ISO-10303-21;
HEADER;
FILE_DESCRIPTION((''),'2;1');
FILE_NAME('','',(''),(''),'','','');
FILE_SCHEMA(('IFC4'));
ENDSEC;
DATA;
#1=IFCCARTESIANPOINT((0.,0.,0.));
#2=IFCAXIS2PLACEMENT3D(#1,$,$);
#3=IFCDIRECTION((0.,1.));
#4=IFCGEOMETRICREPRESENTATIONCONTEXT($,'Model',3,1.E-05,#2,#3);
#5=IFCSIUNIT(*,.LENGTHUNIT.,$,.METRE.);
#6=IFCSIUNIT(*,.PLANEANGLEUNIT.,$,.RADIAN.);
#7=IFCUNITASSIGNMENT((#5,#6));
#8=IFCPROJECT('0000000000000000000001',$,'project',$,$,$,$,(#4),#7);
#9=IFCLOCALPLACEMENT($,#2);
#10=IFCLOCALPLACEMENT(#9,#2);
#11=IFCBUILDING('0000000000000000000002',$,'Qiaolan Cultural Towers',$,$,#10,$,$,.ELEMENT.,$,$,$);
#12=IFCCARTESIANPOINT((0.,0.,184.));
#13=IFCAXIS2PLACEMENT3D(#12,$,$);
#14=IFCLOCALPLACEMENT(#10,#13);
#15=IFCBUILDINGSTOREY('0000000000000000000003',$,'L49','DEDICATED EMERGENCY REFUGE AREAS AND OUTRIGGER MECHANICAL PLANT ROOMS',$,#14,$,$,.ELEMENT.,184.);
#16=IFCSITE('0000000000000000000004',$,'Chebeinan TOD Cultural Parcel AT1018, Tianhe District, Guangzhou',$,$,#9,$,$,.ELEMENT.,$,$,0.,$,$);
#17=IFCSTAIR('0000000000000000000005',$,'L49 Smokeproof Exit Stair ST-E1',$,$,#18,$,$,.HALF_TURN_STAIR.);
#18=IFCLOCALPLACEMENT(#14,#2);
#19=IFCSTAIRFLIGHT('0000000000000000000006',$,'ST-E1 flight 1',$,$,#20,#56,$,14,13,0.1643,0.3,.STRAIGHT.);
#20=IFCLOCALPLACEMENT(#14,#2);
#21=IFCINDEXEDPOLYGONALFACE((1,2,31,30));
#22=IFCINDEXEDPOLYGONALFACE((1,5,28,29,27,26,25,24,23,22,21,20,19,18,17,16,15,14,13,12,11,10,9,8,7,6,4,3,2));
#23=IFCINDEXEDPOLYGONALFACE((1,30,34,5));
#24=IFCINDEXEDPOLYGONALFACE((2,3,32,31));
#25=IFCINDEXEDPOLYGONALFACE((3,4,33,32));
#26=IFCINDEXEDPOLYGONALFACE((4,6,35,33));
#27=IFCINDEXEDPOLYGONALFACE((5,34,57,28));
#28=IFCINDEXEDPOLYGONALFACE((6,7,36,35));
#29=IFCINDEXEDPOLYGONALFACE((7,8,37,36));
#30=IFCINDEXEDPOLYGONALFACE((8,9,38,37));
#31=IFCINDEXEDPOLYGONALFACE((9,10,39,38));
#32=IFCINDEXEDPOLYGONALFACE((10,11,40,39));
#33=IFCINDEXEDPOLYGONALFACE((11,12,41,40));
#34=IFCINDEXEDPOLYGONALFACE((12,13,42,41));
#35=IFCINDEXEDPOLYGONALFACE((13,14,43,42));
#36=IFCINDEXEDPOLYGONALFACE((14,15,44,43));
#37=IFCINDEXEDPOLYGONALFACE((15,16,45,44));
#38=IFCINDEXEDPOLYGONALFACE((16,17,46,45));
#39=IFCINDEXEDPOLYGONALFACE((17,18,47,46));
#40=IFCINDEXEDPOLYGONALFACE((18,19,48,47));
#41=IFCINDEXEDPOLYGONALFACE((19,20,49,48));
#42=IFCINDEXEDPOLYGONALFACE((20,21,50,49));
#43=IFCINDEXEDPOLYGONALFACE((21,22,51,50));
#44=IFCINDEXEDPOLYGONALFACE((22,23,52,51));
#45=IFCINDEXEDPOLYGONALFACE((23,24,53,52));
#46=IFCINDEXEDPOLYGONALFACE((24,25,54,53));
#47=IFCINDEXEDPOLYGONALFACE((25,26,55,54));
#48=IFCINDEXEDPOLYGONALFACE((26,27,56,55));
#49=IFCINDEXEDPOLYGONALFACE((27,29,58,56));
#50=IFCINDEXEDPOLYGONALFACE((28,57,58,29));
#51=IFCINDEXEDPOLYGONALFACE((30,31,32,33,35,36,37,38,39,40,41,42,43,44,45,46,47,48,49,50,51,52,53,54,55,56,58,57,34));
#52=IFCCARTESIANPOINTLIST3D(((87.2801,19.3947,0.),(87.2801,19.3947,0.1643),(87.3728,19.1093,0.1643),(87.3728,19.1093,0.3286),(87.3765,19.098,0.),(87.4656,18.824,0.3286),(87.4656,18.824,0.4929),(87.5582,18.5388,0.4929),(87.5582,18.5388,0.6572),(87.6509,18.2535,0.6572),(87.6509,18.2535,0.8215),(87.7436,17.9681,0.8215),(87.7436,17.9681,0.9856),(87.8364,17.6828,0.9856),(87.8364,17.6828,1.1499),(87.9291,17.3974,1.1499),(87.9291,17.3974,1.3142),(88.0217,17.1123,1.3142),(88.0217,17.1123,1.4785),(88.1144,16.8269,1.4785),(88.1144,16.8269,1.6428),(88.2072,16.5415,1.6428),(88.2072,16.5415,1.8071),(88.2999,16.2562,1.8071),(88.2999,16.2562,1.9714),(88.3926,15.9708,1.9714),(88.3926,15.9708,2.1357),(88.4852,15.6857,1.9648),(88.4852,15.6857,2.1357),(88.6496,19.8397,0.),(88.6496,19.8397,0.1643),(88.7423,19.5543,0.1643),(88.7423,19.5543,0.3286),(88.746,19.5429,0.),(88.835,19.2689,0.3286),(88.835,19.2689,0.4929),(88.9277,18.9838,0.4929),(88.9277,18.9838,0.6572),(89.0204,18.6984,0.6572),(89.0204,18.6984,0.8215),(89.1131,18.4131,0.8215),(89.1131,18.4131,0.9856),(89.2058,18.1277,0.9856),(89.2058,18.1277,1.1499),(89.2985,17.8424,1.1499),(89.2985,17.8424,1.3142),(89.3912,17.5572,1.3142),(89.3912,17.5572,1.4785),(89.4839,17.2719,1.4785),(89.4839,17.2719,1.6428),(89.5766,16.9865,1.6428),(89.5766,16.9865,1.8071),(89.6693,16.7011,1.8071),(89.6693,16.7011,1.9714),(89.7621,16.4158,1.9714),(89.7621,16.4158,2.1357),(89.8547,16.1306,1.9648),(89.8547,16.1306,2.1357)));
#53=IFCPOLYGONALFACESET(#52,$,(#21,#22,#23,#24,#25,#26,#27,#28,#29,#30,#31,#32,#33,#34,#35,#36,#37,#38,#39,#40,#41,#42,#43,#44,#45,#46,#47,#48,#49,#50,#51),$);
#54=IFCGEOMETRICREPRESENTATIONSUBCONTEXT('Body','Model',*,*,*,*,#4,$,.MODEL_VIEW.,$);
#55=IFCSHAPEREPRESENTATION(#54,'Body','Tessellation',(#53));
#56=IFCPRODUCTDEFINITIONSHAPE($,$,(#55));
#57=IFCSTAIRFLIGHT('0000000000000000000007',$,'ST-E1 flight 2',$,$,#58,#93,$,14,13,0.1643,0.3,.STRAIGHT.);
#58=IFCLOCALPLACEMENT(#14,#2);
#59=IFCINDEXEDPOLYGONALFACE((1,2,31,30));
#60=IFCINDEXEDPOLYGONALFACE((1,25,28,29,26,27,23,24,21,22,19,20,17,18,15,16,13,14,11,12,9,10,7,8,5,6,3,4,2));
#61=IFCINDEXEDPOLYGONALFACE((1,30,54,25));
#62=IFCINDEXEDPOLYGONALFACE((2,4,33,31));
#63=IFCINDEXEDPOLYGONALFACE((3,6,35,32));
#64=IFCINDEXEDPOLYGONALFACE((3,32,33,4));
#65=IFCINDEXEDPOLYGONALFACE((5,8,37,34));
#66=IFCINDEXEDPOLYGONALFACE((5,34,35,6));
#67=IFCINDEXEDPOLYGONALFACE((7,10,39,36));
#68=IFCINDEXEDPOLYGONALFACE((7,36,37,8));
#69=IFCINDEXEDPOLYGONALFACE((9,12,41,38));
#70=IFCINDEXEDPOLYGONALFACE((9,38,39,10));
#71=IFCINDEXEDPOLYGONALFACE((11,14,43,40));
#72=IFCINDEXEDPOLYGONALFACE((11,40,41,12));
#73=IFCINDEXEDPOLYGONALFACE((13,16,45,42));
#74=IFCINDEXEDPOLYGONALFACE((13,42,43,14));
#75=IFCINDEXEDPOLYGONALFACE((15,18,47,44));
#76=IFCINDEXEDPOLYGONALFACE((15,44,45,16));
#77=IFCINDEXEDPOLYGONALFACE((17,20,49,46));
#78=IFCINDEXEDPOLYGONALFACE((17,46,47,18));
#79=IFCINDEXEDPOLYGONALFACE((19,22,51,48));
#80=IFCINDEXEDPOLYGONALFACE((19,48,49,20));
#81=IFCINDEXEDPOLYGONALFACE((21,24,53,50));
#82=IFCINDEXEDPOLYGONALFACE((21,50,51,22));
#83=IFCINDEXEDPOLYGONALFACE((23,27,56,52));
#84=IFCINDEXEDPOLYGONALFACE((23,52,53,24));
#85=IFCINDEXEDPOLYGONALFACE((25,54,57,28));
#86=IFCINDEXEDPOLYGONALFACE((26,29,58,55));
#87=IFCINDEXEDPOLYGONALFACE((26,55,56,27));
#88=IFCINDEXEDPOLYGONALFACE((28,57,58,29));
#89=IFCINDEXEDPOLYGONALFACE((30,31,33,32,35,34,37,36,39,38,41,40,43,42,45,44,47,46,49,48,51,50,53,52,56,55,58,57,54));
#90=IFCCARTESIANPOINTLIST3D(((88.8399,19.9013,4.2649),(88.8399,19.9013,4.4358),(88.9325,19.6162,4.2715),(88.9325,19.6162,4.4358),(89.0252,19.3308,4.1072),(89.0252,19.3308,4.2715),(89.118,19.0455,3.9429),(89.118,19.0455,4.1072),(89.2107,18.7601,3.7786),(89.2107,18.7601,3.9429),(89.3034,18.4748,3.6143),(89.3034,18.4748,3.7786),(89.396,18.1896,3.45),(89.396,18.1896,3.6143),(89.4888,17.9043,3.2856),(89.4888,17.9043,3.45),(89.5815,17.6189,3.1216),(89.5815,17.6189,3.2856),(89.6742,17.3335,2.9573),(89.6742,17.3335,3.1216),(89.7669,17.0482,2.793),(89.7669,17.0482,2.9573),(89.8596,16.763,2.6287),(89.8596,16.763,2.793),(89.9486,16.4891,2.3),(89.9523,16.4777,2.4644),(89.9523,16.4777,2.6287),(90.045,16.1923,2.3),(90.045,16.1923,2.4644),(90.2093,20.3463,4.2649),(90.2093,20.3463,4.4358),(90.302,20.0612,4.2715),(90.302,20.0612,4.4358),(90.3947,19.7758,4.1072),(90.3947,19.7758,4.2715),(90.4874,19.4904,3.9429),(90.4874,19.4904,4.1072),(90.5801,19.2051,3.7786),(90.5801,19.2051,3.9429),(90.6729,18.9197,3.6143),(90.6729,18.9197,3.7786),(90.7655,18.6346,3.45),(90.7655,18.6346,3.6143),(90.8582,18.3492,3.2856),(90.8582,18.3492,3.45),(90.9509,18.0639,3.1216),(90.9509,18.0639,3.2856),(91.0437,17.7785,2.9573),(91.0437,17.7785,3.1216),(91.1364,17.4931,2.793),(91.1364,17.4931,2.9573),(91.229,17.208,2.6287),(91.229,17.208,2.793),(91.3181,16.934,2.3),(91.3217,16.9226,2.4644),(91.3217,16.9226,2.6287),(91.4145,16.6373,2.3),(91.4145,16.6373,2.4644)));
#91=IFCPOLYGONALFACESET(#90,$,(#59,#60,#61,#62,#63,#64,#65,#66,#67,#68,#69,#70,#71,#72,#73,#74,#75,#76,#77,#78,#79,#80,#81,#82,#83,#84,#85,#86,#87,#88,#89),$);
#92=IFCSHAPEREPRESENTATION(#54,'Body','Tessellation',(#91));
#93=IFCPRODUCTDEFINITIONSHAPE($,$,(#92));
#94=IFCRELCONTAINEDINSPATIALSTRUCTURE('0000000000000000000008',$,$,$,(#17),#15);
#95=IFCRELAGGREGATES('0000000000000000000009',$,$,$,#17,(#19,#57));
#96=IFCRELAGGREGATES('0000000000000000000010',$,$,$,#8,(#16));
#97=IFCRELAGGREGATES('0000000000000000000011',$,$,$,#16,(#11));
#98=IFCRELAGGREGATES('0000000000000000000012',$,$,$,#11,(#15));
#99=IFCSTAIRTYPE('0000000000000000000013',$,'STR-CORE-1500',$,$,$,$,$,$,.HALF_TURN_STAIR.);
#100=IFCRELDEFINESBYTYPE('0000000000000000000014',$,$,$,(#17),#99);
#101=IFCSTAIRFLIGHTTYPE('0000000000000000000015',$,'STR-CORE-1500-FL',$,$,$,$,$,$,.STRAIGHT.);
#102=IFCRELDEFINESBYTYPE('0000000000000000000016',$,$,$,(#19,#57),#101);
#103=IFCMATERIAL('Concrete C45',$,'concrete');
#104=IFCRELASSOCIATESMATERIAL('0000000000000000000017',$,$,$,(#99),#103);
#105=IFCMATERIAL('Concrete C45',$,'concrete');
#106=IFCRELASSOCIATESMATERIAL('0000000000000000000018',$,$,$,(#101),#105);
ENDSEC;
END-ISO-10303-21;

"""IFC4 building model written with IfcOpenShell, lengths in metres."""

from ifc_helpers import new_model, si_unit, direction, frame, origin, place, context, subcontext, project, spatial, polyline, outline, extrude, material, type_object, element, aggregate, save


model = new_model("IFC4")

# Units and contexts
model_context = context("Model", 3, precision=1e-05, world=origin(), true_north=direction((0.0, 1.0)))
body_context = subcontext(model_context, "Body", "Model", "MODEL_VIEW")
ifc_project = project(units=[si_unit("LENGTHUNIT", "METRE"), si_unit("PLANEANGLEUNIT", "RADIAN")], contexts=[model_context])

# Site, building, storey
site_placement = place(None, origin())
site = spatial("IfcSite", under=ifc_project, at=site_placement, Name="Chebeinan TOD Cultural Parcel AT1018, Tianhe District, Guangzhou", CompositionType="ELEMENT", RefElevation=0.0)
building_placement = place(site_placement, origin())
building = spatial("IfcBuilding", under=site, at=building_placement, Name="Qiaolan Cultural Towers", CompositionType="ELEMENT")
storey_placement = place(building_placement, frame((0.0, 0.0, 184.0)))
storey = spatial("IfcBuildingStorey", under=building, at=storey_placement, Name="L49", Description="DEDICATED EMERGENCY REFUGE AREAS AND OUTRIGGER MECHANICAL PLANT ROOMS", CompositionType="ELEMENT", Elevation=184.0)

# Stair, stair flights
ifc_material_1 = material(Name="Concrete C45", Category="concrete")
stair_type = type_object("IfcStairType", Name="STR-CORE-1500", PredefinedType="HALF_TURN_STAIR", material=ifc_material_1)
stair_placement = place(storey_placement, origin())
stair = element("IfcStair", 1, at=stair_placement, inside=storey, type_object=stair_type, Name="L49 Smokeproof Exit Stair ST-E1", PredefinedType="HALF_TURN_STAIR")
ifc_material_2 = material(Name="Concrete C45", Category="concrete")
stair_flight_type = type_object("IfcStairFlightType", Name="STR-CORE-1500-FL", PredefinedType="STRAIGHT", material=ifc_material_2)
stair_flight_1_placement = place(storey_placement, frame((87.9648, 19.6172, 0.0), z_axis=(0.0, 0.0, 1.0), x_axis=(0.309017, -0.951057, 0.0)))
stair_flight_1 = element("IfcStairFlight", 2, at=stair_flight_1_placement, type_object=stair_flight_type, Name="ST-E1 flight 1", NumberOfRisers=14, NumberOfTreads=13, PredefinedType="STRAIGHT", RiserHeight=0.1643, TreadLength=0.3, context=body_context, shape_type="SweptSolid", body=[
    extrude(outline(polyline([(0.0, 0.0), (0.0, 0.1643), (0.3, 0.1643), (0.3, 0.3286), (0.6001, 0.3286), (0.6001, 0.4929), (0.8999, 0.4929), (0.8999, 0.6572), (1.2, 0.6572), (1.2, 0.8215), (1.5, 0.8215), (1.5, 0.9856), (1.8, 0.9856), (1.8, 1.1499), (2.1001, 1.1499), (2.1001, 1.3142), (2.3999, 1.3142), (2.3999, 1.4785), (2.7, 1.4785), (2.7, 1.6428), (3.0, 1.6428), (3.0, 1.8071), (3.3, 1.8071), (3.3, 1.9714), (3.6001, 1.9714), (3.6001, 2.1357), (3.8999, 2.1357), (3.8999, 2.3), (3.8999, 1.9648), (0.312, 0.0), (0.0, 0.0)])), frame((0.0, 0.72, 0.0), z_axis=(0.0, -1.0, 0.0), x_axis=(1.0, 0.0, 0.0)), (0.0, 0.0, 1.0), 1.4399),
])
stair_flight_2_placement = place(storey_placement, frame((90.7297, 16.4148, 2.3), z_axis=(0.0, 0.0, 1.0), x_axis=(-0.309017, 0.951057, 0.0)))
stair_flight_2 = element("IfcStairFlight", 3, at=stair_flight_2_placement, type_object=stair_flight_type, Name="ST-E1 flight 2", NumberOfRisers=14, NumberOfTreads=13, PredefinedType="STRAIGHT", RiserHeight=0.1643, TreadLength=0.3, context=body_context, shape_type="SweptSolid", body=[
    extrude(outline(polyline([(0.0, 0.0), (0.0, 0.1643), (0.3, 0.1643), (0.3, 0.3286), (0.6001, 0.3286), (0.6001, 0.4929), (0.8999, 0.4929), (0.8999, 0.6572), (1.2, 0.6572), (1.2, 0.8215), (1.5, 0.8215), (1.5, 0.9856), (1.8, 0.9856), (1.8, 1.1499), (2.1001, 1.1499), (2.1001, 1.3142), (2.3999, 1.3142), (2.3999, 1.4785), (2.7, 1.4785), (2.7, 1.6428), (3.0, 1.6428), (3.0, 1.8071), (3.3, 1.8071), (3.3, 1.9714), (3.6001, 1.9714), (3.6001, 2.1357), (3.8999, 2.1357), (3.8999, 2.3), (3.8999, 1.9648), (0.312, 0.0), (0.0, 0.0)])), frame((0.0, 0.72, 0.0), z_axis=(0.0, -1.0, 0.0), x_axis=(1.0, 0.0, 0.0)), (0.0, 0.0, 1.0), 1.4399),
])
aggregate(stair, [stair_flight_1, stair_flight_2])

save(model, "model.ifc")
